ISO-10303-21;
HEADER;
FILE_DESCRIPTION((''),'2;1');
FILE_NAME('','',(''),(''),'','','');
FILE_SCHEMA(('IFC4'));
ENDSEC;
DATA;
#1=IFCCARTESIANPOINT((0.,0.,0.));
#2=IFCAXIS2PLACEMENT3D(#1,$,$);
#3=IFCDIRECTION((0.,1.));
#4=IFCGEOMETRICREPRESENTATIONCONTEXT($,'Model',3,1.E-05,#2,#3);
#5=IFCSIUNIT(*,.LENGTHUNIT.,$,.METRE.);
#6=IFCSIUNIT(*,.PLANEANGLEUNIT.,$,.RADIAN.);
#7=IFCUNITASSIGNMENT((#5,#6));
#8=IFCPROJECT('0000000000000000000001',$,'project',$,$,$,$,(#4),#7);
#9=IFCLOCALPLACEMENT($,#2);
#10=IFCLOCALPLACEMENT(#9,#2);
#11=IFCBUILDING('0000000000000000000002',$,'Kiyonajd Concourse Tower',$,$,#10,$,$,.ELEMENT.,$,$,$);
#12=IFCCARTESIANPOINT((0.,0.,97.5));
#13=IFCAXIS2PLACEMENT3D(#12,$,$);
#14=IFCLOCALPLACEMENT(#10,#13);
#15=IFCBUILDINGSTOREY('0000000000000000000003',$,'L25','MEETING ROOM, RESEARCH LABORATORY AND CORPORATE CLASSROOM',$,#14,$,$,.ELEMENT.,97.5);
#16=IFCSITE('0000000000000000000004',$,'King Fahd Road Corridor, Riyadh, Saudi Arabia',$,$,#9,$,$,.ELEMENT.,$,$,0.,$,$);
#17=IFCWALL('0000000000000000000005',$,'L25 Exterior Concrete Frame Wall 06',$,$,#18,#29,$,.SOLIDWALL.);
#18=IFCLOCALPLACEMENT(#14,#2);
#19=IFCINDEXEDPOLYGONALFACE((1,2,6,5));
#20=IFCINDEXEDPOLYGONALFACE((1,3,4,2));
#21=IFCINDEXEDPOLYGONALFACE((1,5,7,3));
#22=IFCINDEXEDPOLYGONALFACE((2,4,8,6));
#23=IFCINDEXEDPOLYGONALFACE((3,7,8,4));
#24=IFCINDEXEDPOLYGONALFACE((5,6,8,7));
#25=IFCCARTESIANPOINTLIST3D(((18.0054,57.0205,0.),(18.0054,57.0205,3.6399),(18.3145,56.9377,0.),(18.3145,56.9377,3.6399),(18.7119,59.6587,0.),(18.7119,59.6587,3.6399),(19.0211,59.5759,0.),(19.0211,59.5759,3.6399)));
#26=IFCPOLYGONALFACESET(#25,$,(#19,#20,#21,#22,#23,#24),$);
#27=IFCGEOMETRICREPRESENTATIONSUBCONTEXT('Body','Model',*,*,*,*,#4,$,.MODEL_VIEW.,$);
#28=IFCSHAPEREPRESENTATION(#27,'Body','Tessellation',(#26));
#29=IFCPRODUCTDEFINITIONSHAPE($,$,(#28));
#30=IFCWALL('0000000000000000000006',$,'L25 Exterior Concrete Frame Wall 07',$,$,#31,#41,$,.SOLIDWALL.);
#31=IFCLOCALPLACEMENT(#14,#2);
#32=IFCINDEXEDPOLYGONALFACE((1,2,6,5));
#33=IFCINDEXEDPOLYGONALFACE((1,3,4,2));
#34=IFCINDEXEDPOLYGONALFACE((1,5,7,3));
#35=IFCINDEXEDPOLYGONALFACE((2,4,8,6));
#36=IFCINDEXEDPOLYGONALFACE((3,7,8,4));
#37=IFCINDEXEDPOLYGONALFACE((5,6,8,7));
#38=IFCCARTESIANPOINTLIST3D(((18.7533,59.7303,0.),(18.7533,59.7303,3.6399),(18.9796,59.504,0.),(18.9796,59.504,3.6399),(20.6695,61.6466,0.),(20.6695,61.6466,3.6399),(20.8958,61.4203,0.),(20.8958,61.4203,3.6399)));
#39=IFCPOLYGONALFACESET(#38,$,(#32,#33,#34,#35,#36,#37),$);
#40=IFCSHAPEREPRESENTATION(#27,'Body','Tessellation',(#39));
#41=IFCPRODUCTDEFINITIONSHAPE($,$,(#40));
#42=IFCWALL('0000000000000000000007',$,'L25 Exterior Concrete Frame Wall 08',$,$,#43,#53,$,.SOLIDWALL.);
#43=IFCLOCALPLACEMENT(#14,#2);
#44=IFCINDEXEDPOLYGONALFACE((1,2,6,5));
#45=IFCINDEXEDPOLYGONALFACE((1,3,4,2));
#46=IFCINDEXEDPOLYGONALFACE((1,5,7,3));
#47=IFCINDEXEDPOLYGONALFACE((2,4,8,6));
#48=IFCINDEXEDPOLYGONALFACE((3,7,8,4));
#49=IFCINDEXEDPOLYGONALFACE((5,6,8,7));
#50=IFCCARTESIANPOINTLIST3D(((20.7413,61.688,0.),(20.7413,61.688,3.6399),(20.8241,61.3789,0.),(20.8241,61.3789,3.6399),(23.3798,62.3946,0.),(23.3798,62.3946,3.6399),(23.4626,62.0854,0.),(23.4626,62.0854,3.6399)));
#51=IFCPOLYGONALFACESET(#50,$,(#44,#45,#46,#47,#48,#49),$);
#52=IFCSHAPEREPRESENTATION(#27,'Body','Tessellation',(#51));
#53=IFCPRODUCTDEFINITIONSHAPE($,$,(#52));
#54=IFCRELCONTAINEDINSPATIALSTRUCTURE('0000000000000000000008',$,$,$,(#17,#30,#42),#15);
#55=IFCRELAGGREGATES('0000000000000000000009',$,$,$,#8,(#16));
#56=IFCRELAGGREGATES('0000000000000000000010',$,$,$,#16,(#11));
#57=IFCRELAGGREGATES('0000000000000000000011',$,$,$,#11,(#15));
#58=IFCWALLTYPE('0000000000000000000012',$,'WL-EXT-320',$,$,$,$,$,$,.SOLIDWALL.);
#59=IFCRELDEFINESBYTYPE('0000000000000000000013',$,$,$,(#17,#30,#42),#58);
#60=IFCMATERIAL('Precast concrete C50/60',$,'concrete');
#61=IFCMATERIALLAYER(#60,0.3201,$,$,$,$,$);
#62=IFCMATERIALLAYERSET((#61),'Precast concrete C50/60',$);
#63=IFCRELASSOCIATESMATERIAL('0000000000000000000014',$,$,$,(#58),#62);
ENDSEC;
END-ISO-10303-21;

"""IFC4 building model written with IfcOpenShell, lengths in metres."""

from ifc_helpers import new_model, si_unit, direction, frame, frame_2d, origin, place, context, subcontext, project, spatial, rectangle, extrude, material, layer, layer_set, type_object, element, save


model = new_model("IFC4")

# Units and contexts
model_context = context("Model", 3, precision=1e-05, world=origin(), true_north=direction((0.0, 1.0)))
body_context = subcontext(model_context, "Body", "Model", "MODEL_VIEW")
ifc_project = project(units=[si_unit("LENGTHUNIT", "METRE"), si_unit("PLANEANGLEUNIT", "RADIAN")], contexts=[model_context])

# Site, building, storey
site_placement = place(None, origin())
site = spatial("IfcSite", under=ifc_project, at=site_placement, Name="King Fahd Road Corridor, Riyadh, Saudi Arabia", CompositionType="ELEMENT", RefElevation=0.0)
building_placement = place(site_placement, origin())
building = spatial("IfcBuilding", under=site, at=building_placement, Name="Kiyonajd Concourse Tower", CompositionType="ELEMENT")
storey_placement = place(building_placement, frame((0.0, 0.0, 97.5)))
storey = spatial("IfcBuildingStorey", under=building, at=storey_placement, Name="L25", Description="MEETING ROOM, RESEARCH LABORATORY AND CORPORATE CLASSROOM", CompositionType="ELEMENT", Elevation=97.5)

# Shared definitions
ifc_material_1 = material(Name="Precast concrete C50/60", Category="concrete")

# Walls
ifc_layer_1 = layer(ifc_material_1, 0.3201)
ifc_layer_set_1 = layer_set([ifc_layer_1], Name="Precast concrete C50/60")
wall_type = type_object("IfcWallType", Name="WL-EXT-320", PredefinedType="SOLIDWALL", material=ifc_layer_set_1)
wall_1_placement = place(storey_placement, frame((18.1599, 56.979, 0.0), z_axis=(0.0, 0.0, 1.0), x_axis=(0.258697, 0.965958, 0.0)))
element("IfcWall", 1, at=wall_1_placement, inside=storey, type_object=wall_type, Name="L25 Exterior Concrete Frame Wall 06", PredefinedType="SOLIDWALL", context=body_context, shape_type="SweptSolid", body=[
    extrude(rectangle(XDim=2.7312, YDim=0.3201, at=frame_2d((1.3657, 0.0))), origin(), (0.0, 0.0, 1.0), 3.6399),
])
wall_2_placement = place(storey_placement, frame((18.8665, 59.6172, 0.0), z_axis=(0.0, 0.0, 1.0), x_axis=(0.707107, 0.707107, 0.0)))
element("IfcWall", 2, at=wall_2_placement, inside=storey, type_object=wall_type, Name="L25 Exterior Concrete Frame Wall 07", PredefinedType="SOLIDWALL", context=body_context, shape_type="SweptSolid", body=[
    extrude(rectangle(XDim=2.71, YDim=0.3201, at=frame_2d((1.355, 0.0))), origin(), (0.0, 0.0, 1.0), 3.6399),
])
wall_3_placement = place(storey_placement, frame((20.7827, 61.5334, 0.0), z_axis=(0.0, 0.0, 1.0), x_axis=(0.965964, 0.258675, 0.0)))
element("IfcWall", 3, at=wall_3_placement, inside=storey, type_object=wall_type, Name="L25 Exterior Concrete Frame Wall 08", PredefinedType="SOLIDWALL", context=body_context, shape_type="SweptSolid", body=[
    extrude(rectangle(XDim=2.7314, YDim=0.3201, at=frame_2d((1.3657, 0.0))), origin(), (0.0, 0.0, 1.0), 3.6399),
])

save(model, "model.ifc")
